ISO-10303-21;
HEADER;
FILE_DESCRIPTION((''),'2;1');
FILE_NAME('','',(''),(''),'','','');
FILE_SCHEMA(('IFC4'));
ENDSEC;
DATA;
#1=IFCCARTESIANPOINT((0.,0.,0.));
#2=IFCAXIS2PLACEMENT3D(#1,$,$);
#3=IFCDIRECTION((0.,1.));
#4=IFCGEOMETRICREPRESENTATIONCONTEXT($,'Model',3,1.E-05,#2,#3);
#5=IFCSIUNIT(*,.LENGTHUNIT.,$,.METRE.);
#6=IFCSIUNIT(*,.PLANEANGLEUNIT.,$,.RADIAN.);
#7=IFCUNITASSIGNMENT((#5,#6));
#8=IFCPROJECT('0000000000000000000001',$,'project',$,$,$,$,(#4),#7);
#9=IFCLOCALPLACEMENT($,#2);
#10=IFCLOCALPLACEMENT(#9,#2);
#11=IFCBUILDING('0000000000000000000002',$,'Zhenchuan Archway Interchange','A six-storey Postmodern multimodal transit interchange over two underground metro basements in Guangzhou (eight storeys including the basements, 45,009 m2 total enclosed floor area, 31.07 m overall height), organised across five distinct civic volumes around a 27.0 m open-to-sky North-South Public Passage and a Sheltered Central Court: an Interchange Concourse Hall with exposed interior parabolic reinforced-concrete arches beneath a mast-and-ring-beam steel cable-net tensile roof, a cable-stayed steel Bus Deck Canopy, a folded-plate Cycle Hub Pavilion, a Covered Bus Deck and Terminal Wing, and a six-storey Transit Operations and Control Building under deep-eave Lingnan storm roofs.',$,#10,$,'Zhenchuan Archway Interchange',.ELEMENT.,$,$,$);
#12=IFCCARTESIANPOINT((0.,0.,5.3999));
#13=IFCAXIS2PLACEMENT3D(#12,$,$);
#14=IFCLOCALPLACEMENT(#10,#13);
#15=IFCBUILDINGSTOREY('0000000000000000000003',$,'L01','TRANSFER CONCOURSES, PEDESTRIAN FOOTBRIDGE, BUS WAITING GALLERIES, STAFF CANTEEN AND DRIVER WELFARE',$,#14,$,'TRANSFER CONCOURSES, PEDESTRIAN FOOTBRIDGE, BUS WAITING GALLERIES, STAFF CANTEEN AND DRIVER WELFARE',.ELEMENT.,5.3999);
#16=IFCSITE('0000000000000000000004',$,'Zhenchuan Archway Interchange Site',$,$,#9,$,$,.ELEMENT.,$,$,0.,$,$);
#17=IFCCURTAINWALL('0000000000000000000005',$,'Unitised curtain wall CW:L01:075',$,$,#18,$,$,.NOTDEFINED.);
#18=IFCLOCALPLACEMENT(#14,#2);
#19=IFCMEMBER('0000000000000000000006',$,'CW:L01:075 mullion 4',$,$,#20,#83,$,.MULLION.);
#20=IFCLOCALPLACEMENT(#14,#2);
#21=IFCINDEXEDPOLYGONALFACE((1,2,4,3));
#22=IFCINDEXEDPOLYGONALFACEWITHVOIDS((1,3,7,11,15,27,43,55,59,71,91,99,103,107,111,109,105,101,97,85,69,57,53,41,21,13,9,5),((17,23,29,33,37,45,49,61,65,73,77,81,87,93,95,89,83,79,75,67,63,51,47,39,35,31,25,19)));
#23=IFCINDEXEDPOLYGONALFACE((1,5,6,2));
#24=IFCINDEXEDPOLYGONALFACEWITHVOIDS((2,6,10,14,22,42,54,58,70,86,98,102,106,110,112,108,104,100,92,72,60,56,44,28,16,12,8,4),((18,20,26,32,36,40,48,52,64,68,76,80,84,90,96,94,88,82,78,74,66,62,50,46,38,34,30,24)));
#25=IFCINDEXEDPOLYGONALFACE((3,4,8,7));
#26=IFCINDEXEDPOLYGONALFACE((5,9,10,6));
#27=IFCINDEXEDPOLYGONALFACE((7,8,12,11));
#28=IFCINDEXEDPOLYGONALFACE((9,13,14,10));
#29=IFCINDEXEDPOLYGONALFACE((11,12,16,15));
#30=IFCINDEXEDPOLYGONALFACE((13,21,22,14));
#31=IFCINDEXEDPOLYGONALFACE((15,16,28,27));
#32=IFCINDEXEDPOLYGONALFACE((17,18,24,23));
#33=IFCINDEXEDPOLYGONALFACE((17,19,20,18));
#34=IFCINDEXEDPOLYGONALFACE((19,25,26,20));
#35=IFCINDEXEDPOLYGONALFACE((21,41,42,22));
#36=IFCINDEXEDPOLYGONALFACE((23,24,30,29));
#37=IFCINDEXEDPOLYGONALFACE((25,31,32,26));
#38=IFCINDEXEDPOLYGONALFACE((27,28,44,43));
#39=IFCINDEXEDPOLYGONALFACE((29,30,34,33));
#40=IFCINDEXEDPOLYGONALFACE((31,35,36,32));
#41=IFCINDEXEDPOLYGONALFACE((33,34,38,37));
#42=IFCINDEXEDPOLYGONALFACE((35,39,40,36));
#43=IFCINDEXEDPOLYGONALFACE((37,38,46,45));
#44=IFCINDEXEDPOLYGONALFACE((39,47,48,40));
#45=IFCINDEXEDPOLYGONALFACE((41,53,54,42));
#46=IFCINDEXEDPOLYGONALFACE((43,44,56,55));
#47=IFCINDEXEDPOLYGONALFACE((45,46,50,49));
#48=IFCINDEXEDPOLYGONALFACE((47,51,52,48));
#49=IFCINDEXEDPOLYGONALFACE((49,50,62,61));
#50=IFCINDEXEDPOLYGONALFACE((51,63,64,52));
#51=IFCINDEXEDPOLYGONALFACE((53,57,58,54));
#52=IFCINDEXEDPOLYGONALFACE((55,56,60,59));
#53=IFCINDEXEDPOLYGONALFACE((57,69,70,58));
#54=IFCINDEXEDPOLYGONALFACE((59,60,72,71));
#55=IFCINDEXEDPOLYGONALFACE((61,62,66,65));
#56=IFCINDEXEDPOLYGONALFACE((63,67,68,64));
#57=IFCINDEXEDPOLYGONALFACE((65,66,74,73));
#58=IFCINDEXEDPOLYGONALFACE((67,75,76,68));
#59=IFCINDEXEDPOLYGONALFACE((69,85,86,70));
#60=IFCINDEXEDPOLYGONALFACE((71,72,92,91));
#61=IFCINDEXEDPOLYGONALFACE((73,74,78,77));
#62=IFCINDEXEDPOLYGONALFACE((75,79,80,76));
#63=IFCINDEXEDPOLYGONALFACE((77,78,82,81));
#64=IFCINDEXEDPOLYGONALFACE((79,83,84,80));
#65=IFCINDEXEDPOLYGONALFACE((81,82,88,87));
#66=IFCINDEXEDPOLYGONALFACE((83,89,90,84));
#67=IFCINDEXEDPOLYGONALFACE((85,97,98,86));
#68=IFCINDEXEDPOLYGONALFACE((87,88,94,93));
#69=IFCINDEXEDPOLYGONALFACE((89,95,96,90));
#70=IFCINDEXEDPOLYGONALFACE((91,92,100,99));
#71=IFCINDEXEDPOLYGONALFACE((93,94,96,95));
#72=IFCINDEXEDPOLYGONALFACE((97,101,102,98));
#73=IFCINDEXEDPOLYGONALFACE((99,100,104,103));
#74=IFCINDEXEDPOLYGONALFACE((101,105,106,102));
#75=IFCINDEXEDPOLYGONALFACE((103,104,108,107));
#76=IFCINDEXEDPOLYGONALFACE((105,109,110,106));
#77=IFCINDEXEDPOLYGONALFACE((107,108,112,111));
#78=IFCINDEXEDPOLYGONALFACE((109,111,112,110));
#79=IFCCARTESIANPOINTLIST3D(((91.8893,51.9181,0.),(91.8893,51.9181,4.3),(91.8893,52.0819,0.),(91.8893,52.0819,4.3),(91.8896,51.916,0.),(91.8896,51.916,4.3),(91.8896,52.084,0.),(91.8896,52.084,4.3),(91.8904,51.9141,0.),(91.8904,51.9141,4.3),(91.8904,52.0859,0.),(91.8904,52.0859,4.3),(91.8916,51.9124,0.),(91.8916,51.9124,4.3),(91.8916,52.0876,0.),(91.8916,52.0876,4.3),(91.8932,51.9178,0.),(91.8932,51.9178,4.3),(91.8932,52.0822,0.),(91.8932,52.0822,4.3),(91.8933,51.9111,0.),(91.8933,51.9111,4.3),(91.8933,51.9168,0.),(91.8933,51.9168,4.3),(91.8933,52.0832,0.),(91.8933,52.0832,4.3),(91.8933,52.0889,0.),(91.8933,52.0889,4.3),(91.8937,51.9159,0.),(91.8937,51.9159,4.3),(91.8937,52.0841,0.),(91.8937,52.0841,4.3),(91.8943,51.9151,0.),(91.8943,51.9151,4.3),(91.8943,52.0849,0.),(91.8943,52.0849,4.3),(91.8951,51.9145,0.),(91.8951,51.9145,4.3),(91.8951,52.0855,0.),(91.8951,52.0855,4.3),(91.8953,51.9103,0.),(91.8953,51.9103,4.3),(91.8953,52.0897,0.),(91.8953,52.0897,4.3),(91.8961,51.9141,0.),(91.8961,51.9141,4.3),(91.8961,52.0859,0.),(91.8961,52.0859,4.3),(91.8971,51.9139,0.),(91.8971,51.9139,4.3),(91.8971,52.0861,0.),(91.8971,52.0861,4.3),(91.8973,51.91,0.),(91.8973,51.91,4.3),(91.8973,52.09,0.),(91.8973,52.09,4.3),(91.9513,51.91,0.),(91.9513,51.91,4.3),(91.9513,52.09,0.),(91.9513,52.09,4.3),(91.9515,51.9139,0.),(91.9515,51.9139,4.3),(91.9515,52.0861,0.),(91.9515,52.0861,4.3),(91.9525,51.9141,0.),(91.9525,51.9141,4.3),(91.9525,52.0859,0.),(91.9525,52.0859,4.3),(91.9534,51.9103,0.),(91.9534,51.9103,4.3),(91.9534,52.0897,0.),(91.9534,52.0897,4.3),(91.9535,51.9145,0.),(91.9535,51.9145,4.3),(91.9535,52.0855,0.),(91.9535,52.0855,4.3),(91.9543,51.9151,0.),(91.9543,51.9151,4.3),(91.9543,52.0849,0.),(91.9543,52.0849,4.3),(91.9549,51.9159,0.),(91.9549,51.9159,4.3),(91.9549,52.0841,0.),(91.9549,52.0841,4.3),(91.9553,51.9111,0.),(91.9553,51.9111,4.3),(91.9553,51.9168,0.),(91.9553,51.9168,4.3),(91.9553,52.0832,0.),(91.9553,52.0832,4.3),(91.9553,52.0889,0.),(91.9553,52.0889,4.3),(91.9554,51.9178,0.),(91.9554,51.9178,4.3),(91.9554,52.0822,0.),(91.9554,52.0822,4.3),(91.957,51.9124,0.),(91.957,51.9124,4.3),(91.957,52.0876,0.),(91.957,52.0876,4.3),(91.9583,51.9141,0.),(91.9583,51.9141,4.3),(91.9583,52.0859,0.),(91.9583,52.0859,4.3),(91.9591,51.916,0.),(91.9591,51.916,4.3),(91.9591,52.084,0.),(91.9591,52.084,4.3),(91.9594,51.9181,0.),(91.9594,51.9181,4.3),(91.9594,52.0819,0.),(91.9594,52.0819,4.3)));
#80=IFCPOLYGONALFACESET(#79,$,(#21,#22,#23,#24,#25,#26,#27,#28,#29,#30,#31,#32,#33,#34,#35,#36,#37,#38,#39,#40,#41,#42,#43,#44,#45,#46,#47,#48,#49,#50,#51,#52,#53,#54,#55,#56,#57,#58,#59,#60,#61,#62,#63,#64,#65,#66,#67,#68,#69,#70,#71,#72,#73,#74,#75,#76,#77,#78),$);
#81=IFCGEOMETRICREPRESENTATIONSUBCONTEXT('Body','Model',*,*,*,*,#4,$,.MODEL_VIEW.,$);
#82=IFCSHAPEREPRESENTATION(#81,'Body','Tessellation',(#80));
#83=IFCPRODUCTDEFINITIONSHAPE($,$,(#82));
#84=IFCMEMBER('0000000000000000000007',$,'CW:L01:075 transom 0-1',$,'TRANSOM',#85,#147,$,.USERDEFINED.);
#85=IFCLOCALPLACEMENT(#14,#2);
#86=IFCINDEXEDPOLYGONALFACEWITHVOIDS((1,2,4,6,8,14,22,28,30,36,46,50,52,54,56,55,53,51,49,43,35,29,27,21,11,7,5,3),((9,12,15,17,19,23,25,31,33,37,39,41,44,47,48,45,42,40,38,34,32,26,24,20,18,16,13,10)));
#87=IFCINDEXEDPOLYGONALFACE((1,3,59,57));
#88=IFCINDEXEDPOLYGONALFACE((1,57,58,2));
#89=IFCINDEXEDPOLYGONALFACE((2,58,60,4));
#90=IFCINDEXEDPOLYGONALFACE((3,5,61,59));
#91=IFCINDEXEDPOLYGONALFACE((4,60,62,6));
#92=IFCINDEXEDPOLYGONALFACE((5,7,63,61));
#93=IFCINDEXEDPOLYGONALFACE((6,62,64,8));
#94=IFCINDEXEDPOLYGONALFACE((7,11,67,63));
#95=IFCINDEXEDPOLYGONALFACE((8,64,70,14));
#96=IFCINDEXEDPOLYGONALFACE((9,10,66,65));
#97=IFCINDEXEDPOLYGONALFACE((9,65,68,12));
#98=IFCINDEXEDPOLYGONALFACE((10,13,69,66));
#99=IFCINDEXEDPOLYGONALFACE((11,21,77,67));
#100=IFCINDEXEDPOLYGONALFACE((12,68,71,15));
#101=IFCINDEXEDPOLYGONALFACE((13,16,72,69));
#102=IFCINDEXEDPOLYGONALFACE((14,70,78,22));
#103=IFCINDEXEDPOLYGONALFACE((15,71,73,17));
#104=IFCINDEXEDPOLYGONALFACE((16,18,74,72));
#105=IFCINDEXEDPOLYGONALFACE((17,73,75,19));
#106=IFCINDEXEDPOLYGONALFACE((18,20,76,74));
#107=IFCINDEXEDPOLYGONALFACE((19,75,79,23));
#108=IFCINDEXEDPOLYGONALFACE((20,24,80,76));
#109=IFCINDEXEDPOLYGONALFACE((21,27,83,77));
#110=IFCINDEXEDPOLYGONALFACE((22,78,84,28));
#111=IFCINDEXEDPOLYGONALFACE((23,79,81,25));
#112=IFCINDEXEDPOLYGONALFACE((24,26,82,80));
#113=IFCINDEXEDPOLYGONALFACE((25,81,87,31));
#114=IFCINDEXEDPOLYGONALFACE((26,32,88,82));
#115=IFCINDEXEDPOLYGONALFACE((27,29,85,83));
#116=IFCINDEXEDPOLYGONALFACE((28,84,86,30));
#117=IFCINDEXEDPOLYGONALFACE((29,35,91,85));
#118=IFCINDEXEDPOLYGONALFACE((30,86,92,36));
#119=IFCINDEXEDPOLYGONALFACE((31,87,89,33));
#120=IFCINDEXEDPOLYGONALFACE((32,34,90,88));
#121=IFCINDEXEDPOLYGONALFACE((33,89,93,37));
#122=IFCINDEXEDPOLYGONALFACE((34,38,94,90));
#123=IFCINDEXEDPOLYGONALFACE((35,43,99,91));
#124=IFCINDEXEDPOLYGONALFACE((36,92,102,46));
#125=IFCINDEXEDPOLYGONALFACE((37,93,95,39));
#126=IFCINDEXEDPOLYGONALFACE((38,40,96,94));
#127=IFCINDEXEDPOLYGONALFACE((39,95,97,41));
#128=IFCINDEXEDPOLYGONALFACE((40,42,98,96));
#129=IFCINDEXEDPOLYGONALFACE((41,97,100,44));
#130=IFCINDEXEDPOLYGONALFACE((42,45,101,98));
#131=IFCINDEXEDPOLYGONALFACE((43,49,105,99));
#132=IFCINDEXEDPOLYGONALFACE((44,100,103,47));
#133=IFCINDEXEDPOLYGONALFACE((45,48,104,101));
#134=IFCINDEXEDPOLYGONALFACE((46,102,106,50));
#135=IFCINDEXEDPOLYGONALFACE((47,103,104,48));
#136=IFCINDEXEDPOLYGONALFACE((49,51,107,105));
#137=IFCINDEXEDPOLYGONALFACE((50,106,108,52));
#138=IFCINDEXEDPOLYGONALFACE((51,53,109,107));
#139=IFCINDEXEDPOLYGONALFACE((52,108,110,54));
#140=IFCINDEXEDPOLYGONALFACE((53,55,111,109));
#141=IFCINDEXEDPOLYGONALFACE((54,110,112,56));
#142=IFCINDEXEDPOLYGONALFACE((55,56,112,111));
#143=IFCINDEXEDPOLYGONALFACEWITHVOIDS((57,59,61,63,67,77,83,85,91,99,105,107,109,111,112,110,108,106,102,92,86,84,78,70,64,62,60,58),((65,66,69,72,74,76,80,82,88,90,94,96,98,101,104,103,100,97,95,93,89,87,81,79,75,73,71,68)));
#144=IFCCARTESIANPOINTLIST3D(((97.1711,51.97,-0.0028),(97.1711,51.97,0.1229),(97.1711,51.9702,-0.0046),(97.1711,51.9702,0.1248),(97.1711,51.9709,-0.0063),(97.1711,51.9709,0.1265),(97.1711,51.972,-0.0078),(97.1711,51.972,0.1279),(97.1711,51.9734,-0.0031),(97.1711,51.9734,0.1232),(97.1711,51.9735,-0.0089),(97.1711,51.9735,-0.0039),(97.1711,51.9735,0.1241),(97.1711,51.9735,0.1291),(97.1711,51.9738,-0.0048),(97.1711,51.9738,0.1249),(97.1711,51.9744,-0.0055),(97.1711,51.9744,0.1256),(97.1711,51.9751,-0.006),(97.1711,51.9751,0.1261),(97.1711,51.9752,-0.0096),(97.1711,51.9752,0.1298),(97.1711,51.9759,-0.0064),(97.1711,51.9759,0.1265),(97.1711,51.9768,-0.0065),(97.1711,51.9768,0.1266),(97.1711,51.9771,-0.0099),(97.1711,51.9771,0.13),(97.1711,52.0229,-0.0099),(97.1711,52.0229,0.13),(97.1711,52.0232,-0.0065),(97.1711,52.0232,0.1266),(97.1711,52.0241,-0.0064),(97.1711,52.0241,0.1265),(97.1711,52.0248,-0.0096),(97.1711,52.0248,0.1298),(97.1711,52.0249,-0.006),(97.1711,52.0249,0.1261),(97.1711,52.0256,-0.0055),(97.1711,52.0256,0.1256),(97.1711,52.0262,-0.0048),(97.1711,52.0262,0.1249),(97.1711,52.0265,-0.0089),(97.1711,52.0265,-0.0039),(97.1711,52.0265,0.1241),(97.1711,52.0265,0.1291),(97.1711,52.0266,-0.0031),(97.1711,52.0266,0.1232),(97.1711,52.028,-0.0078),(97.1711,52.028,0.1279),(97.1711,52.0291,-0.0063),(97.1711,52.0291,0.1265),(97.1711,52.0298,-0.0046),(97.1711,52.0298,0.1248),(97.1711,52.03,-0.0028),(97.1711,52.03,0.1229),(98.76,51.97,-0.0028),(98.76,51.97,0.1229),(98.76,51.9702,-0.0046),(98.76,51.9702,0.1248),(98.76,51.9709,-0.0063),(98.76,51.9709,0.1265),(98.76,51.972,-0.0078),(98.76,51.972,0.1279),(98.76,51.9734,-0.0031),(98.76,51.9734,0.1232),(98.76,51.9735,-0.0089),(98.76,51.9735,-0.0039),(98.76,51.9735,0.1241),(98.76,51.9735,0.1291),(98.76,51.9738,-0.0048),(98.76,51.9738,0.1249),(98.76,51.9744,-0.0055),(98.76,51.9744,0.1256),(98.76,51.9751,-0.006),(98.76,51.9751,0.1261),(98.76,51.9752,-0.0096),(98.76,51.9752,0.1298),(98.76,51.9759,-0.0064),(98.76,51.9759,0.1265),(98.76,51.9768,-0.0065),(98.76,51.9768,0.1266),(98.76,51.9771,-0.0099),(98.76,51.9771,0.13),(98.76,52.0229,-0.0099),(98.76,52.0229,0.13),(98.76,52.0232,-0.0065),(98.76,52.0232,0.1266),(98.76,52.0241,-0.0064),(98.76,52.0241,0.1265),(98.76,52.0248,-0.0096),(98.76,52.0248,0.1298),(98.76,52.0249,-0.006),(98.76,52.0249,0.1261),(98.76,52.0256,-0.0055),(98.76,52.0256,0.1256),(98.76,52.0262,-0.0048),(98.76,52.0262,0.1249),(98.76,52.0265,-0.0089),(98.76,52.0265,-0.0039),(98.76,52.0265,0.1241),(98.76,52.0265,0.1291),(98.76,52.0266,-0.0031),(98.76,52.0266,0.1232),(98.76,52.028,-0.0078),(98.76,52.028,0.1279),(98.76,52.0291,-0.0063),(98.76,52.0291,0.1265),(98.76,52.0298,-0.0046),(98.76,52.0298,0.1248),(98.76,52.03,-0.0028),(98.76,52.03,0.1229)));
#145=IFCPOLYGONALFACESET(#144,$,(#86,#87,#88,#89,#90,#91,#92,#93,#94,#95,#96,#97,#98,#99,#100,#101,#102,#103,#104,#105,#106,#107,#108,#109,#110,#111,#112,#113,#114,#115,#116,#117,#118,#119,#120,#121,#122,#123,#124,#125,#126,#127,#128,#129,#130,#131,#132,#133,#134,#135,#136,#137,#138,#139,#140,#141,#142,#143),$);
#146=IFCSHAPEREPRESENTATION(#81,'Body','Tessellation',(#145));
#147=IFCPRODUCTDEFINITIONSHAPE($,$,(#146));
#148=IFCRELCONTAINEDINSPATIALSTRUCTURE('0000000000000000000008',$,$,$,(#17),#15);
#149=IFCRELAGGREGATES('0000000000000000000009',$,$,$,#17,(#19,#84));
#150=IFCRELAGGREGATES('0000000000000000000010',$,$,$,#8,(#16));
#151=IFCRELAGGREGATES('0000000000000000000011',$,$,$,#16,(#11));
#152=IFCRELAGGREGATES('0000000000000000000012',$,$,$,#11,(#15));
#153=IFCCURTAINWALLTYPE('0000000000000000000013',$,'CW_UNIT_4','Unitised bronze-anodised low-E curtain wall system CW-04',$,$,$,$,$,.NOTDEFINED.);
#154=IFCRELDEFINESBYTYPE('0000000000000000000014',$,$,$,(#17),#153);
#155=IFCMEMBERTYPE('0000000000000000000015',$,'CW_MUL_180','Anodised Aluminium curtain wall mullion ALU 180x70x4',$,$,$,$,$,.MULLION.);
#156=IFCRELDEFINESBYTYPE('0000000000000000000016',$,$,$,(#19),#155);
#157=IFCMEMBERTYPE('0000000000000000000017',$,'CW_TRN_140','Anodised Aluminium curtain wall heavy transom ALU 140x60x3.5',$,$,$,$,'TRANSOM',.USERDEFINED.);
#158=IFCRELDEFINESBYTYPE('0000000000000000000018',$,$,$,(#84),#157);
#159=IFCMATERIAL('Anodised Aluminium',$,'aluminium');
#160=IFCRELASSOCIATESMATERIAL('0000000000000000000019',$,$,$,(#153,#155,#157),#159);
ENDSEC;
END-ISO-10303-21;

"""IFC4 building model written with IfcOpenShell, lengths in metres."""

from ifc_helpers import new_model, si_unit, direction, frame, origin, origin_2d, place, context, subcontext, project, spatial, hollow_rectangle, extrude, material, material_profile, profile_set, type_object, element, aggregate, save


model = new_model("IFC4")

# Units and contexts
model_context = context("Model", 3, precision=1e-05, world=origin(), true_north=direction((0.0, 1.0)))
body_context = subcontext(model_context, "Body", "Model", "MODEL_VIEW")
ifc_project = project(units=[si_unit("LENGTHUNIT", "METRE"), si_unit("PLANEANGLEUNIT", "RADIAN")], contexts=[model_context])

# Site, building, storey
site_placement = place(None, origin())
site = spatial("IfcSite", under=ifc_project, at=site_placement, Name="Zhenchuan Archway Interchange Site", CompositionType="ELEMENT", RefElevation=0.0)
building_placement = place(site_placement, origin())
building = spatial("IfcBuilding", under=site, at=building_placement, Name="Zhenchuan Archway Interchange", Description="A six-storey Postmodern multimodal transit interchange over two underground metro basements in Guangzhou (eight storeys including the basements, 45,009 m2 total enclosed floor area, 31.07 m overall height), organised across five distinct civic volumes around a 27.0 m open-to-sky North-South Public Passage and a Sheltered Central Court: an Interchange Concourse Hall with exposed interior parabolic reinforced-concrete arches beneath a mast-and-ring-beam steel cable-net tensile roof, a cable-stayed steel Bus Deck Canopy, a folded-plate Cycle Hub Pavilion, a Covered Bus Deck and Terminal Wing, and a six-storey Transit Operations and Control Building under deep-eave Lingnan storm roofs.", LongName="Zhenchuan Archway Interchange", CompositionType="ELEMENT")
storey_placement = place(building_placement, frame((0.0, 0.0, 5.3999)))
storey = spatial("IfcBuildingStorey", under=building, at=storey_placement, Name="L01", Description="TRANSFER CONCOURSES, PEDESTRIAN FOOTBRIDGE, BUS WAITING GALLERIES, STAFF CANTEEN AND DRIVER WELFARE", LongName="TRANSFER CONCOURSES, PEDESTRIAN FOOTBRIDGE, BUS WAITING GALLERIES, STAFF CANTEEN AND DRIVER WELFARE", CompositionType="ELEMENT", Elevation=5.3999)

# Curtain wall, members
ifc_material_1 = material(Name="Anodised Aluminium", Category="aluminium")
curtain_wall_type = type_object("IfcCurtainWallType", Name="CW_UNIT_4", Description="Unitised bronze-anodised low-E curtain wall system CW-04", PredefinedType="NOTDEFINED", material=ifc_material_1)
curtain_wall_placement = place(storey_placement, origin())
curtain_wall = element("IfcCurtainWall", 1, at=curtain_wall_placement, inside=storey, type_object=curtain_wall_type, Name="Unitised curtain wall CW:L01:075", PredefinedType="NOTDEFINED")
ifc_material_profile_1 = material_profile(ifc_material_1, hollow_rectangle(XDim=0.0701, YDim=0.1799, WallThickness=0.0039, InnerFilletRadius=0.0039, OuterFilletRadius=0.0081, at=origin_2d()), Name="ALU 180x70x4")
ifc_profile_set_1 = profile_set([ifc_material_profile_1], Name="Anodised Aluminium")
member_type_1 = type_object("IfcMemberType", Name="CW_MUL_180", Description="Anodised Aluminium curtain wall mullion ALU 180x70x4", PredefinedType="MULLION", material=ifc_profile_set_1)
member_1_placement = place(storey_placement, frame((91.9243, 52.0, 0.0), z_axis=(0.0, 0.0, 1.0), x_axis=(1.0, 0.0, 0.0)))
member_1 = element("IfcMember", 2, at=member_1_placement, type_object=member_type_1, Name="CW:L01:075 mullion 4", PredefinedType="MULLION", context=body_context, shape_type="SweptSolid", body=[
    extrude(hollow_rectangle(XDim=0.0701, YDim=0.1799, WallThickness=0.0039, InnerFilletRadius=0.0039, OuterFilletRadius=0.0081, at=origin_2d()), origin(), (0.0, 0.0, 1.0), 4.3),
])
ifc_material_profile_2 = material_profile(ifc_material_1, hollow_rectangle(XDim=0.0601, YDim=0.1399, WallThickness=0.0034, InnerFilletRadius=0.0034, OuterFilletRadius=0.0071, at=origin_2d()), Name="ALU 140x60x3.5")
ifc_profile_set_2 = profile_set([ifc_material_profile_2], Name="Anodised Aluminium")
member_type_2 = type_object("IfcMemberType", Name="CW_TRN_140", Description="Anodised Aluminium curtain wall heavy transom ALU 140x60x3.5", ElementType="TRANSOM", PredefinedType="USERDEFINED", material=ifc_profile_set_2)
member_2_placement = place(storey_placement, frame((98.76, 52.0, 0.0601), z_axis=(-1.0, 0.0, 0.0), x_axis=(0.0, -1.0, 0.0)))
member_2 = element("IfcMember", 3, at=member_2_placement, type_object=member_type_2, Name="CW:L01:075 transom 0-1", ObjectType="TRANSOM", PredefinedType="USERDEFINED", context=body_context, shape_type="SweptSolid", body=[
    extrude(hollow_rectangle(XDim=0.0601, YDim=0.1399, WallThickness=0.0034, InnerFilletRadius=0.0034, OuterFilletRadius=0.0071, at=origin_2d()), origin(), (0.0, 0.0, 1.0), 1.5889),
])

aggregate(curtain_wall, [member_1, member_2])

save(model, "model.ifc")
